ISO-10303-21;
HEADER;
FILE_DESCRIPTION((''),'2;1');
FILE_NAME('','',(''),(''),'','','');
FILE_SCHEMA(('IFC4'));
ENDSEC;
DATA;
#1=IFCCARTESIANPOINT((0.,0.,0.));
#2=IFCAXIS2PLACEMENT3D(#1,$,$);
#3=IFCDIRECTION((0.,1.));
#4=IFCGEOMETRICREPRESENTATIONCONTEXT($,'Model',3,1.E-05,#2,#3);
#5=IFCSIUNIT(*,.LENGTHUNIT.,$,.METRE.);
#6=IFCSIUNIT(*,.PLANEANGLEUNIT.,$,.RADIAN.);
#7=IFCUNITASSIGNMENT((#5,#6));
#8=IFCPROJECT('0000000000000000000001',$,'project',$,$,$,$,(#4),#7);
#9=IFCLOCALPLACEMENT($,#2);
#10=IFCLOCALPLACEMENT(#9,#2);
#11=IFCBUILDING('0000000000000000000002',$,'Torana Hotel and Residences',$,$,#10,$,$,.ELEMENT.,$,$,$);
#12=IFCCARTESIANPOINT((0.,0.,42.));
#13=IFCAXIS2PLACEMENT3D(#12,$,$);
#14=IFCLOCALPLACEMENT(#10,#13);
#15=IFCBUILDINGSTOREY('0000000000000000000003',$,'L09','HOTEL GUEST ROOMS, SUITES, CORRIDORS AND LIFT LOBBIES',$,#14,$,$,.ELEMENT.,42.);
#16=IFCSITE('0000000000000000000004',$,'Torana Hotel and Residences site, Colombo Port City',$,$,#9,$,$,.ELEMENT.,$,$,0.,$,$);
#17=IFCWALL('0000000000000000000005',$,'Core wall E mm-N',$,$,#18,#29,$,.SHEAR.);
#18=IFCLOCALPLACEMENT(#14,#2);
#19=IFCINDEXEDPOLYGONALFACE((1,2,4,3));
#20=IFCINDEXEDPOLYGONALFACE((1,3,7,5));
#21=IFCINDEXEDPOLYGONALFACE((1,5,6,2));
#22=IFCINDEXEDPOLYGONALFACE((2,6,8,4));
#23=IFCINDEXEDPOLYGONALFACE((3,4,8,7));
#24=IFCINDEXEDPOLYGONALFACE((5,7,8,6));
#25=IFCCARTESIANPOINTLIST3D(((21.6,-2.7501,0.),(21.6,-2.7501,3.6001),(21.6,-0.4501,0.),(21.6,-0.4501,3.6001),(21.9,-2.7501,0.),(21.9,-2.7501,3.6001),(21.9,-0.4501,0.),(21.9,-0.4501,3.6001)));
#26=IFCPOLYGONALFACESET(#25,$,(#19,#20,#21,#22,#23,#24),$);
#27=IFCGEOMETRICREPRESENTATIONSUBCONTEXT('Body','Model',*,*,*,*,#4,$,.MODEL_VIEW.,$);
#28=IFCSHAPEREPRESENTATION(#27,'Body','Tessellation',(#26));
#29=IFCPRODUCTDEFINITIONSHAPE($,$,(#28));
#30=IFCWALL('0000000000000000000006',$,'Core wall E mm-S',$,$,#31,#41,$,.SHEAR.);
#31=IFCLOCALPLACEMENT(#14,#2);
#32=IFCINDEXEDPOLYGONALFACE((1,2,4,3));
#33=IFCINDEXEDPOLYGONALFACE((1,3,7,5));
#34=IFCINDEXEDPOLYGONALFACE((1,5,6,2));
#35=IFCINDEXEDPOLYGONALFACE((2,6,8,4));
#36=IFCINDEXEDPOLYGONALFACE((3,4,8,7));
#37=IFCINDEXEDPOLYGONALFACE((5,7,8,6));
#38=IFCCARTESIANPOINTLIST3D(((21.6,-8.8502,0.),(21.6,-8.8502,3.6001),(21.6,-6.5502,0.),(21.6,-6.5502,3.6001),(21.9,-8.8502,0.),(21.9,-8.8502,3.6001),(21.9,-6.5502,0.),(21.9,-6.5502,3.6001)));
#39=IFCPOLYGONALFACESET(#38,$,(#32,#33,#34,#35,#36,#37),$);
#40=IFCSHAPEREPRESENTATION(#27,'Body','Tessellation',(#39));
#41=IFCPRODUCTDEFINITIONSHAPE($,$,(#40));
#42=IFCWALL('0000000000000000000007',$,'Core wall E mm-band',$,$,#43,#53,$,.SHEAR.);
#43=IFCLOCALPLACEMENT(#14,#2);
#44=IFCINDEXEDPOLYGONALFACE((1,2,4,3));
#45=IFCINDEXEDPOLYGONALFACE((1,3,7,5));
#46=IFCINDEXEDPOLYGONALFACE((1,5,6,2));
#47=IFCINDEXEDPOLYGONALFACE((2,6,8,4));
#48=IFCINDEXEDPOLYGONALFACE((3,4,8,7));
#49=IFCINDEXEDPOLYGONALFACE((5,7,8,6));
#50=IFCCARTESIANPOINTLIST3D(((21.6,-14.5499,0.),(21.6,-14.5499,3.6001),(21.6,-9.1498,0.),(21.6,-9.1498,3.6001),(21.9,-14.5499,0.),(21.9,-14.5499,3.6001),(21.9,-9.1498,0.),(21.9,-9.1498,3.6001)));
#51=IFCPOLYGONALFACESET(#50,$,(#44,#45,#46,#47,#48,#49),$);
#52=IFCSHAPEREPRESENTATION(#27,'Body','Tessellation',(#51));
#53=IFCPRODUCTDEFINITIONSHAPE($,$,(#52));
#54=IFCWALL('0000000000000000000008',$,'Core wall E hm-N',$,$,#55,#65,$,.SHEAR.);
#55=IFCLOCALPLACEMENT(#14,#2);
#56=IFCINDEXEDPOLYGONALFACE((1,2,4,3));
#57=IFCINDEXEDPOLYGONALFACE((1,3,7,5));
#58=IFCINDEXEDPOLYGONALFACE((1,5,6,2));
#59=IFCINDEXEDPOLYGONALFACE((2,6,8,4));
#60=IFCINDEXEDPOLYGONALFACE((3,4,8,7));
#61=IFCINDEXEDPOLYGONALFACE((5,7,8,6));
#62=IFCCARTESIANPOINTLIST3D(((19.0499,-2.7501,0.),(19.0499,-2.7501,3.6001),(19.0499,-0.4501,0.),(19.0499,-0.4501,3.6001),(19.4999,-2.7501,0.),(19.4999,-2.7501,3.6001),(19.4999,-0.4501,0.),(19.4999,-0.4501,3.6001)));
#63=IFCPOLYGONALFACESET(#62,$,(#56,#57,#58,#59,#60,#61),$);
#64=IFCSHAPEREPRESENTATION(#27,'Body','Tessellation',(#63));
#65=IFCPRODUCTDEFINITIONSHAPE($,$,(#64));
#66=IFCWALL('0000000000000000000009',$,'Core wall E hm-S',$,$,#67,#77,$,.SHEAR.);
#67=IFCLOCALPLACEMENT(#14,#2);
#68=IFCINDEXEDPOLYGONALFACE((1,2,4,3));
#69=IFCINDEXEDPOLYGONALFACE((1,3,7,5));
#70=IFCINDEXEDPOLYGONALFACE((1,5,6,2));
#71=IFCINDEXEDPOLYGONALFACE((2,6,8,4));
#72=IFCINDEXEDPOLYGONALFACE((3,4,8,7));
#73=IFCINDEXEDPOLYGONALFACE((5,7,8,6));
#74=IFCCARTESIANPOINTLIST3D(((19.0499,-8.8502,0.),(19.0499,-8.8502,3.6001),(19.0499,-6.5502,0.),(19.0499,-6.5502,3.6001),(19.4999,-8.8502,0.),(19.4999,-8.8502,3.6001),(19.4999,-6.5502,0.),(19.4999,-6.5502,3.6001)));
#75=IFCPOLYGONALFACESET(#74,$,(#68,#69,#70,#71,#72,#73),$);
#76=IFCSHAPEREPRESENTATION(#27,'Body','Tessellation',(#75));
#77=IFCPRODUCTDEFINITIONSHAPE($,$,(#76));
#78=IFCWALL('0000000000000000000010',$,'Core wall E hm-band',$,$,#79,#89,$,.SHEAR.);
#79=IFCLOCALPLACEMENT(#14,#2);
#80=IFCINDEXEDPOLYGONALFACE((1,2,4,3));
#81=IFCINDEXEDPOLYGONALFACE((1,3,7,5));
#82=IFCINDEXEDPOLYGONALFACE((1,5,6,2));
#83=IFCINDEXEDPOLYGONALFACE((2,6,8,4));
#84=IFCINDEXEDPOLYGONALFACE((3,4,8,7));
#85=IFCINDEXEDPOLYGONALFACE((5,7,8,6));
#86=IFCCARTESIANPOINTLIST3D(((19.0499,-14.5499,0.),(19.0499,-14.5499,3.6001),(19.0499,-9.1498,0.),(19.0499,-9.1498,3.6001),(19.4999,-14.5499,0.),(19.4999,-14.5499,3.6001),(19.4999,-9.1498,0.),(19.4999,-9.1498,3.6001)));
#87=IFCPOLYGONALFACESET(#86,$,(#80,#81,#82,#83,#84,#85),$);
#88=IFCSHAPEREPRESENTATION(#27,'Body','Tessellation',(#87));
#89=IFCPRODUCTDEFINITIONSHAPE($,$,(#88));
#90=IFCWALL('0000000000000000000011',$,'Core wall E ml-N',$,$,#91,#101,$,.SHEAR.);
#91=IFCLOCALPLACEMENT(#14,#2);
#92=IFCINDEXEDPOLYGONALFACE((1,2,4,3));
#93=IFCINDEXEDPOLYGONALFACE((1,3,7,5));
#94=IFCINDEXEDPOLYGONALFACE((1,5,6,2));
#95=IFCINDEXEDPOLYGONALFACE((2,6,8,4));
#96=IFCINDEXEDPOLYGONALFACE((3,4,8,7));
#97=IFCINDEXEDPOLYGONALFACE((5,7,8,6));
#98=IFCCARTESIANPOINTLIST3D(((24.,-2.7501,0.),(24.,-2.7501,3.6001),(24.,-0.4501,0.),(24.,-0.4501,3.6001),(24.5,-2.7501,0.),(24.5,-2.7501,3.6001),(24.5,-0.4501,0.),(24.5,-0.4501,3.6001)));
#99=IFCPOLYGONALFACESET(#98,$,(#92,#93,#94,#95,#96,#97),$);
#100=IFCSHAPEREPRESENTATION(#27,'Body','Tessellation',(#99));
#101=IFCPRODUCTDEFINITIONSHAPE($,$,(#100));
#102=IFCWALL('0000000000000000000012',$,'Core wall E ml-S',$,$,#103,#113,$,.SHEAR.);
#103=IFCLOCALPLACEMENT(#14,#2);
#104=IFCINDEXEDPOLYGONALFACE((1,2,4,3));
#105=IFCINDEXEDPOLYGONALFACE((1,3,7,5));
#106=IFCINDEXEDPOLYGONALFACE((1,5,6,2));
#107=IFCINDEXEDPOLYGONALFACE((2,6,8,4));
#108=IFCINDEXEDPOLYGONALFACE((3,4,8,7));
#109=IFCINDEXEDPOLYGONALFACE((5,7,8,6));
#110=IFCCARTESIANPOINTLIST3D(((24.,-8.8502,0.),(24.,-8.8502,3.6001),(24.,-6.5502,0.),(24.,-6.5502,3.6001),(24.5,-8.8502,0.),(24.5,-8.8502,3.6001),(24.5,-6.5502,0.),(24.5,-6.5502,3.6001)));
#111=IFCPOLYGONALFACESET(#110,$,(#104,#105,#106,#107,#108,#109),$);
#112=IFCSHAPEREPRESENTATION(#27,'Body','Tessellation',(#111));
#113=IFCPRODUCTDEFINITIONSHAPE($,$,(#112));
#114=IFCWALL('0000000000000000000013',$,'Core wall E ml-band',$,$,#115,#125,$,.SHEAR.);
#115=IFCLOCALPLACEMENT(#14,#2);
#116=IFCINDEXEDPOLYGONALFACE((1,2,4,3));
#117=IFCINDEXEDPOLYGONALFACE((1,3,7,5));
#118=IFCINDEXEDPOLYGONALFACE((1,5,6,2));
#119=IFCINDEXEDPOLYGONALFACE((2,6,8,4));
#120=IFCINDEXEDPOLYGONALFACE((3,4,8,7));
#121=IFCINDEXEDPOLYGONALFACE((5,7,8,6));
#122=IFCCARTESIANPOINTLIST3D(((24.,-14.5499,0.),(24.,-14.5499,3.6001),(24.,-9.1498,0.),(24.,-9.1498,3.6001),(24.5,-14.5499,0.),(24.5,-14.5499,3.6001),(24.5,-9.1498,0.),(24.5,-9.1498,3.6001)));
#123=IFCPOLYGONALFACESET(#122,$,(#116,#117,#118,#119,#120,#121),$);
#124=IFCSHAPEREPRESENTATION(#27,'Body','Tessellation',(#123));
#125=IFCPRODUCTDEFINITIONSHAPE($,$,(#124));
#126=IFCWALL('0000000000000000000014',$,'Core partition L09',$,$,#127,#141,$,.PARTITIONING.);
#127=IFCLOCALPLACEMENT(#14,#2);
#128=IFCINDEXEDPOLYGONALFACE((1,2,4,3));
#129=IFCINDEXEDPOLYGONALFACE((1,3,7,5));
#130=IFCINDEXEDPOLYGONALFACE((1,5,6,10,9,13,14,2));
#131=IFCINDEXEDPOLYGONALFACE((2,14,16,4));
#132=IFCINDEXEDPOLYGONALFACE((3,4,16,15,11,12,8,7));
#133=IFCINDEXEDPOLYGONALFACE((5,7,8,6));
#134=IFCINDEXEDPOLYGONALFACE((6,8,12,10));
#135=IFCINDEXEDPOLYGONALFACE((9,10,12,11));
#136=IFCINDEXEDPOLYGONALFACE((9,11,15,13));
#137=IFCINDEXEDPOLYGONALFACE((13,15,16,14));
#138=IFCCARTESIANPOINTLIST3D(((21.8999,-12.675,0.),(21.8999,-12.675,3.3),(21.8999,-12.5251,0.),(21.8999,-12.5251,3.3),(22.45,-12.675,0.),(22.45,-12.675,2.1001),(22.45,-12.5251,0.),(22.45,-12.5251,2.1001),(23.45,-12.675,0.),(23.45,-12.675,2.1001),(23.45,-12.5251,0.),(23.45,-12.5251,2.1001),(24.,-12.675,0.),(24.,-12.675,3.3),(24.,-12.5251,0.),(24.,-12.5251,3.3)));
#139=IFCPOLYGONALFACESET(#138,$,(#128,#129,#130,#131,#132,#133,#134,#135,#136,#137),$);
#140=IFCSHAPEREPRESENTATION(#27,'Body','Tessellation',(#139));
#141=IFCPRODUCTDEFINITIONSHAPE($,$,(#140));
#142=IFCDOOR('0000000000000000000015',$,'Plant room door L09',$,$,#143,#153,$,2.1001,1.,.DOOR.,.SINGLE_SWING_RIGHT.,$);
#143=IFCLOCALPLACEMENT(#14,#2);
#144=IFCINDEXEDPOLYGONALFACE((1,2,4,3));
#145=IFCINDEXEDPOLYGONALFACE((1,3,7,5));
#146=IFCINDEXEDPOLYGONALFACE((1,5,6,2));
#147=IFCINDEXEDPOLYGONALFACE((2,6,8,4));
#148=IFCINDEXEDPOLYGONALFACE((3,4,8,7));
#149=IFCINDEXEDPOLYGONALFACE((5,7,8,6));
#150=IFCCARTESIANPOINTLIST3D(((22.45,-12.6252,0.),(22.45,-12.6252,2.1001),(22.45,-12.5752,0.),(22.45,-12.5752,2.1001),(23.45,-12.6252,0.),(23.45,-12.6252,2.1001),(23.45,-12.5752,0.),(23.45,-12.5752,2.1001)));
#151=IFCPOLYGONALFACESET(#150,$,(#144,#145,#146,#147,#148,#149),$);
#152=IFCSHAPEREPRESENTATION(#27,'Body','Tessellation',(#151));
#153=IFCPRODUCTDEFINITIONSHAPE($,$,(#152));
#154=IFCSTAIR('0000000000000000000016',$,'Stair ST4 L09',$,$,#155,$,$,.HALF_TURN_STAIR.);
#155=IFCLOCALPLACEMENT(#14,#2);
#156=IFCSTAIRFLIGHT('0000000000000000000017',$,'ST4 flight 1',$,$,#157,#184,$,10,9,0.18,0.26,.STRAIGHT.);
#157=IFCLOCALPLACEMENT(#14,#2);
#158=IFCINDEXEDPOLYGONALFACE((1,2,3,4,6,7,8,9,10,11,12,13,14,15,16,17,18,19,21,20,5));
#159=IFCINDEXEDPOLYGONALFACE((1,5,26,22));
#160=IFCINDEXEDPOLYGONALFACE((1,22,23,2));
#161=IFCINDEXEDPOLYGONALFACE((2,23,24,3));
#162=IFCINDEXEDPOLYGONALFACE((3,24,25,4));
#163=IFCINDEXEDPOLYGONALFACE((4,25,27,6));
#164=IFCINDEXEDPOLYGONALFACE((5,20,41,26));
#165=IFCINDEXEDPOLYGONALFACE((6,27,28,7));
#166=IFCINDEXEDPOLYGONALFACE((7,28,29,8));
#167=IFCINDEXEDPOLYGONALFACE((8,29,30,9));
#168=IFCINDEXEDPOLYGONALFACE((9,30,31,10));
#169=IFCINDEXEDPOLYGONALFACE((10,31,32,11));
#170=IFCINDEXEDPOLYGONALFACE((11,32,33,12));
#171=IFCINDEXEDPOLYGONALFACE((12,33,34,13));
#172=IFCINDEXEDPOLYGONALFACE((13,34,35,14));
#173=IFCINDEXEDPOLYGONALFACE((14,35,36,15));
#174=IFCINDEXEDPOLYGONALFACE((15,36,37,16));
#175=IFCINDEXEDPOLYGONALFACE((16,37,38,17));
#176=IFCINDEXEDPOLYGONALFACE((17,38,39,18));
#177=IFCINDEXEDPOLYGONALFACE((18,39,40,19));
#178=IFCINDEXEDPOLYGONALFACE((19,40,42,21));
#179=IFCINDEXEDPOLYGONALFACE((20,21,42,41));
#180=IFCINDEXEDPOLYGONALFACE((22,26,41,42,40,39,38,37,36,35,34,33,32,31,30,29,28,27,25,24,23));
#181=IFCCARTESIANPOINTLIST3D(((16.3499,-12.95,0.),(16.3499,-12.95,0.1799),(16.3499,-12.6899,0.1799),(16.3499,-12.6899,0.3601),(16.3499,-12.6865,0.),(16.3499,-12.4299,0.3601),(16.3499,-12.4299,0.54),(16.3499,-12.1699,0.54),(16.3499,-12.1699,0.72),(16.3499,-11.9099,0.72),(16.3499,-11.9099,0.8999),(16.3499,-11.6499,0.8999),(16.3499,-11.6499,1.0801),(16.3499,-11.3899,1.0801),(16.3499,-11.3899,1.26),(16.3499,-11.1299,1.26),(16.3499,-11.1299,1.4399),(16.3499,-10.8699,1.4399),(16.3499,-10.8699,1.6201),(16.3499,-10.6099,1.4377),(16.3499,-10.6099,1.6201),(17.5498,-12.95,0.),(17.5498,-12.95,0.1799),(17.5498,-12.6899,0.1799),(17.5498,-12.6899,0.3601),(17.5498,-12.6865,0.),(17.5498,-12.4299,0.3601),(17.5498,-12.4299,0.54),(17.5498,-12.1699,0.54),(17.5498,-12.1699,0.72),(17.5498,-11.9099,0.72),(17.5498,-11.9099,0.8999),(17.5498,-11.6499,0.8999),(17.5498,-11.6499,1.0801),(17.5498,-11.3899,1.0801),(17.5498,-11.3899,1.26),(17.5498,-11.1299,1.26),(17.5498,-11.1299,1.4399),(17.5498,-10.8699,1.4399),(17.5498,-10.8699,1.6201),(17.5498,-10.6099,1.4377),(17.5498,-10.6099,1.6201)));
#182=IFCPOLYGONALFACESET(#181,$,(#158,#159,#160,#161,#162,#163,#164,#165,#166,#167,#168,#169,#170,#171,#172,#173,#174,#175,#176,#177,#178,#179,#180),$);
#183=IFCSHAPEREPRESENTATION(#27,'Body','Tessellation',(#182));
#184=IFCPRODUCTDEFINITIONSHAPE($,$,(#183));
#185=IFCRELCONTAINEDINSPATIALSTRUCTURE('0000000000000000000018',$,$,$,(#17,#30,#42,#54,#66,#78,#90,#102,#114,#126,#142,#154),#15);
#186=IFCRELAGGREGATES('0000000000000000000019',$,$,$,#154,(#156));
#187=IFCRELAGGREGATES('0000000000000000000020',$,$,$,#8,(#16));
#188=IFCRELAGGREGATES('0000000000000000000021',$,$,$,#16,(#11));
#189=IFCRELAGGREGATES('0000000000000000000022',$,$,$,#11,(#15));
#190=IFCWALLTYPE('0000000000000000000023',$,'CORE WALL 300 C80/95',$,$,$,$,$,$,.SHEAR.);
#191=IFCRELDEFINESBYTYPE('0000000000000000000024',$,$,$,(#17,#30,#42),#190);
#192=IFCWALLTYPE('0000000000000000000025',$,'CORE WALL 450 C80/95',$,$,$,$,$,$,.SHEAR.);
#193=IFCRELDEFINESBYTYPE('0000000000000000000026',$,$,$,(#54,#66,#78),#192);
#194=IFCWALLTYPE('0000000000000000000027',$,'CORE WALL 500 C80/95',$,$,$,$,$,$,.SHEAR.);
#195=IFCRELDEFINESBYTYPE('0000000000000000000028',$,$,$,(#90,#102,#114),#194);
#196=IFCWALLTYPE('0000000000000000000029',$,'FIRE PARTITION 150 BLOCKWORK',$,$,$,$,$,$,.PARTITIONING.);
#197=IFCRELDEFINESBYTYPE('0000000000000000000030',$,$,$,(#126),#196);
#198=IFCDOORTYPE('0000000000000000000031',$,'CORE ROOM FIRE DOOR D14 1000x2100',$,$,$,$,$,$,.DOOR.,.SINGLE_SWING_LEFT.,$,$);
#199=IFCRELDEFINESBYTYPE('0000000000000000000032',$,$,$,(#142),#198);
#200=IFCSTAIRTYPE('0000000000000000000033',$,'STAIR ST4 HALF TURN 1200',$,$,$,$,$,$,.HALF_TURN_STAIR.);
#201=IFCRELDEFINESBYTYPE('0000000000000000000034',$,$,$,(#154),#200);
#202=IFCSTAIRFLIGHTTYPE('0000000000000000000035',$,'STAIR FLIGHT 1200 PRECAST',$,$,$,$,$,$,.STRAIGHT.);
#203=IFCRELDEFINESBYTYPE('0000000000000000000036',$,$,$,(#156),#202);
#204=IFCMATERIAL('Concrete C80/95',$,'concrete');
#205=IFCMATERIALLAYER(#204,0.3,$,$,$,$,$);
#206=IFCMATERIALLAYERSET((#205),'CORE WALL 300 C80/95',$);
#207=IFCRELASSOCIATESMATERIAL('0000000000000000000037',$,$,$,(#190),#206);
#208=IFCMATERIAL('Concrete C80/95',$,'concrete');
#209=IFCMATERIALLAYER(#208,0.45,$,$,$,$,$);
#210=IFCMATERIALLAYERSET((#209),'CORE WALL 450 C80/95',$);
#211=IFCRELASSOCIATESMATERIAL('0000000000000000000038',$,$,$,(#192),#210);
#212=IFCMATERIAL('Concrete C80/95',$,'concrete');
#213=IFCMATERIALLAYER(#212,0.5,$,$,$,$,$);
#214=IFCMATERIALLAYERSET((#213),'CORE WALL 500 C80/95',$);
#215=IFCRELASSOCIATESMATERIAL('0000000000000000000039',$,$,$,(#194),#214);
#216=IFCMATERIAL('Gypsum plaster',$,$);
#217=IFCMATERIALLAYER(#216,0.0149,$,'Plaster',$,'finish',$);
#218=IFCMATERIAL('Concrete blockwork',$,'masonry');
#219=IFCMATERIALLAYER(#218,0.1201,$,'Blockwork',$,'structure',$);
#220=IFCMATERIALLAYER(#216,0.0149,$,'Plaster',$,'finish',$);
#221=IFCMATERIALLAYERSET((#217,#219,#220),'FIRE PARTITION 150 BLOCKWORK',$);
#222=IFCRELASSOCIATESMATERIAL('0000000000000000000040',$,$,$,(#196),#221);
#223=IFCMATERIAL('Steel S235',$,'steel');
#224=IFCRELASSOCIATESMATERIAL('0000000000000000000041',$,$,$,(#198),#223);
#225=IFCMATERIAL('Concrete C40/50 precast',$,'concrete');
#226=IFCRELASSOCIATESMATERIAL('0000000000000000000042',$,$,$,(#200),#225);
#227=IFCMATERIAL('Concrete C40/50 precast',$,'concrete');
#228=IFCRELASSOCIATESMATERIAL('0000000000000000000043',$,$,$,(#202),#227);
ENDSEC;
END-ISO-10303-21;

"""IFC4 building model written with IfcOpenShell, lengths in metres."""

from ifc_helpers import new_model, si_unit, direction, frame, frame_2d, origin, place, context, subcontext, project, spatial, polyline, rectangle, outline, extrude, material, layer, layer_set, type_object, element, fill, aggregate, save


model = new_model("IFC4")

# Units and contexts
model_context = context("Model", 3, precision=1e-05, world=origin(), true_north=direction((0.0, 1.0)))
body_context = subcontext(model_context, "Body", "Model", "MODEL_VIEW")
ifc_project = project(units=[si_unit("LENGTHUNIT", "METRE"), si_unit("PLANEANGLEUNIT", "RADIAN")], contexts=[model_context])

# Site, building, storey
site_placement = place(None, origin())
site = spatial("IfcSite", under=ifc_project, at=site_placement, Name="Torana Hotel and Residences site, Colombo Port City", CompositionType="ELEMENT", RefElevation=0.0)
building_placement = place(site_placement, origin())
building = spatial("IfcBuilding", under=site, at=building_placement, Name="Torana Hotel and Residences", CompositionType="ELEMENT")
storey_placement = place(building_placement, frame((0.0, 0.0, 42.0)))
storey = spatial("IfcBuildingStorey", under=building, at=storey_placement, Name="L09", Description="HOTEL GUEST ROOMS, SUITES, CORRIDORS AND LIFT LOBBIES", CompositionType="ELEMENT", Elevation=42.0)

# Walls
ifc_material_1 = material(Name="Concrete C80/95", Category="concrete")
ifc_layer_1 = layer(ifc_material_1, 0.3)
ifc_layer_set_1 = layer_set([ifc_layer_1], Name="CORE WALL 300 C80/95")
wall_type_1 = type_object("IfcWallType", Name="CORE WALL 300 C80/95", PredefinedType="SHEAR", material=ifc_layer_set_1)
for number, where, z_axis, x_axis, name in (
    (1, (21.75, -2.75, 0.0), (0.0, 0.0, 1.0), (0.0, 1.0, 0.0), "Core wall E mm-N"),
    (2, (21.75, -8.8501, 0.0), (0.0, 0.0, 1.0), (0.0, 1.0, 0.0), "Core wall E mm-S"),
):
    element("IfcWall", number, at=place(storey_placement, frame(where, z_axis=z_axis, x_axis=x_axis)), inside=storey, type_object=wall_type_1, Name=name, PredefinedType="SHEAR", context=body_context, shape_type="SweptSolid", body=[
        extrude(rectangle(XDim=2.3, YDim=0.3, at=frame_2d((1.1499, 0.0))), origin(), (0.0, 0.0, 1.0), 3.6001),
    ])
wall_1_placement = place(storey_placement, frame((21.75, -14.55, 0.0), z_axis=(0.0, 0.0, 1.0), x_axis=(0.0, 1.0, 0.0)))
element("IfcWall", 3, at=wall_1_placement, inside=storey, type_object=wall_type_1, Name="Core wall E mm-band", PredefinedType="SHEAR", context=body_context, shape_type="SweptSolid", body=[
    extrude(rectangle(XDim=5.4001, YDim=0.3, at=frame_2d((2.7002, 0.0))), origin(), (0.0, 0.0, 1.0), 3.6001),
])
ifc_material_2 = material(Name="Concrete C80/95", Category="concrete")
ifc_layer_2 = layer(ifc_material_2, 0.45)
ifc_layer_set_2 = layer_set([ifc_layer_2], Name="CORE WALL 450 C80/95")
wall_type_2 = type_object("IfcWallType", Name="CORE WALL 450 C80/95", PredefinedType="SHEAR", material=ifc_layer_set_2)
for number, where, z_axis, x_axis, name in (
    (4, (19.2749, -2.75, 0.0), (0.0, 0.0, 1.0), (0.0, 1.0, 0.0), "Core wall E hm-N"),
    (5, (19.2749, -8.8501, 0.0), (0.0, 0.0, 1.0), (0.0, 1.0, 0.0), "Core wall E hm-S"),
):
    element("IfcWall", number, at=place(storey_placement, frame(where, z_axis=z_axis, x_axis=x_axis)), inside=storey, type_object=wall_type_2, Name=name, PredefinedType="SHEAR", context=body_context, shape_type="SweptSolid", body=[
        extrude(rectangle(XDim=2.3, YDim=0.45, at=frame_2d((1.1499, 0.0))), origin(), (0.0, 0.0, 1.0), 3.6001),
    ])
wall_2_placement = place(storey_placement, frame((19.2749, -14.55, 0.0), z_axis=(0.0, 0.0, 1.0), x_axis=(0.0, 1.0, 0.0)))
element("IfcWall", 6, at=wall_2_placement, inside=storey, type_object=wall_type_2, Name="Core wall E hm-band", PredefinedType="SHEAR", context=body_context, shape_type="SweptSolid", body=[
    extrude(rectangle(XDim=5.4001, YDim=0.45, at=frame_2d((2.7002, 0.0))), origin(), (0.0, 0.0, 1.0), 3.6001),
])
ifc_material_3 = material(Name="Concrete C80/95", Category="concrete")
ifc_layer_3 = layer(ifc_material_3, 0.5)
ifc_layer_set_3 = layer_set([ifc_layer_3], Name="CORE WALL 500 C80/95")
wall_type_3 = type_object("IfcWallType", Name="CORE WALL 500 C80/95", PredefinedType="SHEAR", material=ifc_layer_set_3)
for number, where, z_axis, x_axis, name in (
    (7, (24.25, -2.75, 0.0), (0.0, 0.0, 1.0), (0.0, 1.0, 0.0), "Core wall E ml-N"),
    (8, (24.25, -8.8501, 0.0), (0.0, 0.0, 1.0), (0.0, 1.0, 0.0), "Core wall E ml-S"),
):
    element("IfcWall", number, at=place(storey_placement, frame(where, z_axis=z_axis, x_axis=x_axis)), inside=storey, type_object=wall_type_3, Name=name, PredefinedType="SHEAR", context=body_context, shape_type="SweptSolid", body=[
        extrude(rectangle(XDim=2.3, YDim=0.5, at=frame_2d((1.1499, 0.0))), origin(), (0.0, 0.0, 1.0), 3.6001),
    ])
wall_3_placement = place(storey_placement, frame((24.25, -14.55, 0.0), z_axis=(0.0, 0.0, 1.0), x_axis=(0.0, 1.0, 0.0)))
element("IfcWall", 9, at=wall_3_placement, inside=storey, type_object=wall_type_3, Name="Core wall E ml-band", PredefinedType="SHEAR", context=body_context, shape_type="SweptSolid", body=[
    extrude(rectangle(XDim=5.4001, YDim=0.5, at=frame_2d((2.7002, 0.0))), origin(), (0.0, 0.0, 1.0), 3.6001),
])

# Wall, opening, door
ifc_material_4 = material(Name="Gypsum plaster")
ifc_layer_4 = layer(ifc_material_4, 0.0149, Name="Plaster", Category="finish")
ifc_material_5 = material(Name="Concrete blockwork", Category="masonry")
ifc_layer_5 = layer(ifc_material_5, 0.1201, Name="Blockwork", Category="structure")
ifc_layer_6 = layer(ifc_material_4, 0.0149, Name="Plaster", Category="finish")
ifc_layer_set_4 = layer_set([ifc_layer_4, ifc_layer_5, ifc_layer_6], Name="FIRE PARTITION 150 BLOCKWORK")
wall_type_4 = type_object("IfcWallType", Name="FIRE PARTITION 150 BLOCKWORK", PredefinedType="PARTITIONING", material=ifc_layer_set_4)
wall_4_placement = place(storey_placement, frame((21.8999, -12.6001, 0.0), z_axis=(0.0, 0.0, 1.0), x_axis=(1.0, 0.0, 0.0)))
wall_4 = element("IfcWall", 10, at=wall_4_placement, inside=storey, type_object=wall_type_4, Name="Core partition L09", PredefinedType="PARTITIONING", context=body_context, shape_type="SweptSolid", body=[
    extrude(rectangle(XDim=2.1001, YDim=0.1499, at=frame_2d((1.05, 0.0))), origin(), (0.0, 0.0, 1.0), 3.3),
])
opening_placement = place(wall_4_placement, frame((0.55, 0.0, 0.0)))
opening = element("IfcOpeningElement", 11, at=opening_placement, cuts=wall_4, PredefinedType="OPENING", context=body_context, shape_type="SweptSolid", body=[
    extrude(rectangle(XDim=1.0, YDim=2.1001, at=frame_2d((0.5, 1.05))), frame((0.0, 0.085, 0.0), z_axis=(0.0, -1.0, 0.0), x_axis=(1.0, 0.0, 0.0)), (0.0, 0.0, 1.0), 0.1699),
])
ifc_material_6 = material(Name="Steel S235", Category="steel")
door_type = type_object("IfcDoorType", Name="CORE ROOM FIRE DOOR D14 1000x2100", OperationType="SINGLE_SWING_LEFT", PredefinedType="DOOR", material=ifc_material_6)
door_placement = place(opening_placement, origin())
door = element("IfcDoor", 12, at=door_placement, inside=storey, type_object=door_type, Name="Plant room door L09", OperationType="SINGLE_SWING_RIGHT", OverallHeight=2.1001, OverallWidth=1.0, PredefinedType="DOOR", context=body_context, shape_type="SweptSolid", body=[
    extrude(rectangle(XDim=1.0, YDim=2.1001, at=frame_2d((0.5, 1.05))), frame((0.0, 0.0249, 0.0), z_axis=(0.0, -1.0, 0.0), x_axis=(1.0, 0.0, 0.0)), (0.0, 0.0, 1.0), 0.05),
])
fill(opening, door)

# Stair, stair flight
ifc_material_7 = material(Name="Concrete C40/50 precast", Category="concrete")
stair_type = type_object("IfcStairType", Name="STAIR ST4 HALF TURN 1200", PredefinedType="HALF_TURN_STAIR", material=ifc_material_7)
stair_placement = place(storey_placement, origin())
stair = element("IfcStair", 13, at=stair_placement, inside=storey, type_object=stair_type, Name="Stair ST4 L09", PredefinedType="HALF_TURN_STAIR")
ifc_material_8 = material(Name="Concrete C40/50 precast", Category="concrete")
stair_flight_type = type_object("IfcStairFlightType", Name="STAIR FLIGHT 1200 PRECAST", PredefinedType="STRAIGHT", material=ifc_material_8)
stair_flight_1_placement = place(storey_placement, frame((16.95, -12.95, 0.0), z_axis=(0.0, 0.0, 1.0), x_axis=(0.0, 1.0, 0.0)))
stair_flight_1 = element("IfcStairFlight", 14, at=stair_flight_1_placement, type_object=stair_flight_type, Name="ST4 flight 1", NumberOfRisers=10, NumberOfTreads=9, PredefinedType="STRAIGHT", RiserHeight=0.18, TreadLength=0.26, context=body_context, shape_type="SweptSolid", body=[
    extrude(outline(polyline([(0.0, 0.0), (0.0, 0.1799), (0.26, 0.1799), (0.26, 0.3601), (0.52, 0.3601), (0.52, 0.54), (0.78, 0.54), (0.78, 0.72), (1.04, 0.72), (1.04, 0.8999), (1.3, 0.8999), (1.3, 1.0801), (1.5601, 1.0801), (1.5601, 1.26), (1.8201, 1.26), (1.8201, 1.4399), (2.0801, 1.4399), (2.0801, 1.6201), (2.3401, 1.6201), (2.3401, 1.8), (2.3401, 1.4377), (0.2634, 0.0), (0.0, 0.0)])), frame((0.0, 0.6001, 0.0), z_axis=(0.0, -1.0, 0.0), x_axis=(1.0, 0.0, 0.0)), (0.0, 0.0, 1.0), 1.2),
])
aggregate(stair, [stair_flight_1])

save(model, "model.ifc")
